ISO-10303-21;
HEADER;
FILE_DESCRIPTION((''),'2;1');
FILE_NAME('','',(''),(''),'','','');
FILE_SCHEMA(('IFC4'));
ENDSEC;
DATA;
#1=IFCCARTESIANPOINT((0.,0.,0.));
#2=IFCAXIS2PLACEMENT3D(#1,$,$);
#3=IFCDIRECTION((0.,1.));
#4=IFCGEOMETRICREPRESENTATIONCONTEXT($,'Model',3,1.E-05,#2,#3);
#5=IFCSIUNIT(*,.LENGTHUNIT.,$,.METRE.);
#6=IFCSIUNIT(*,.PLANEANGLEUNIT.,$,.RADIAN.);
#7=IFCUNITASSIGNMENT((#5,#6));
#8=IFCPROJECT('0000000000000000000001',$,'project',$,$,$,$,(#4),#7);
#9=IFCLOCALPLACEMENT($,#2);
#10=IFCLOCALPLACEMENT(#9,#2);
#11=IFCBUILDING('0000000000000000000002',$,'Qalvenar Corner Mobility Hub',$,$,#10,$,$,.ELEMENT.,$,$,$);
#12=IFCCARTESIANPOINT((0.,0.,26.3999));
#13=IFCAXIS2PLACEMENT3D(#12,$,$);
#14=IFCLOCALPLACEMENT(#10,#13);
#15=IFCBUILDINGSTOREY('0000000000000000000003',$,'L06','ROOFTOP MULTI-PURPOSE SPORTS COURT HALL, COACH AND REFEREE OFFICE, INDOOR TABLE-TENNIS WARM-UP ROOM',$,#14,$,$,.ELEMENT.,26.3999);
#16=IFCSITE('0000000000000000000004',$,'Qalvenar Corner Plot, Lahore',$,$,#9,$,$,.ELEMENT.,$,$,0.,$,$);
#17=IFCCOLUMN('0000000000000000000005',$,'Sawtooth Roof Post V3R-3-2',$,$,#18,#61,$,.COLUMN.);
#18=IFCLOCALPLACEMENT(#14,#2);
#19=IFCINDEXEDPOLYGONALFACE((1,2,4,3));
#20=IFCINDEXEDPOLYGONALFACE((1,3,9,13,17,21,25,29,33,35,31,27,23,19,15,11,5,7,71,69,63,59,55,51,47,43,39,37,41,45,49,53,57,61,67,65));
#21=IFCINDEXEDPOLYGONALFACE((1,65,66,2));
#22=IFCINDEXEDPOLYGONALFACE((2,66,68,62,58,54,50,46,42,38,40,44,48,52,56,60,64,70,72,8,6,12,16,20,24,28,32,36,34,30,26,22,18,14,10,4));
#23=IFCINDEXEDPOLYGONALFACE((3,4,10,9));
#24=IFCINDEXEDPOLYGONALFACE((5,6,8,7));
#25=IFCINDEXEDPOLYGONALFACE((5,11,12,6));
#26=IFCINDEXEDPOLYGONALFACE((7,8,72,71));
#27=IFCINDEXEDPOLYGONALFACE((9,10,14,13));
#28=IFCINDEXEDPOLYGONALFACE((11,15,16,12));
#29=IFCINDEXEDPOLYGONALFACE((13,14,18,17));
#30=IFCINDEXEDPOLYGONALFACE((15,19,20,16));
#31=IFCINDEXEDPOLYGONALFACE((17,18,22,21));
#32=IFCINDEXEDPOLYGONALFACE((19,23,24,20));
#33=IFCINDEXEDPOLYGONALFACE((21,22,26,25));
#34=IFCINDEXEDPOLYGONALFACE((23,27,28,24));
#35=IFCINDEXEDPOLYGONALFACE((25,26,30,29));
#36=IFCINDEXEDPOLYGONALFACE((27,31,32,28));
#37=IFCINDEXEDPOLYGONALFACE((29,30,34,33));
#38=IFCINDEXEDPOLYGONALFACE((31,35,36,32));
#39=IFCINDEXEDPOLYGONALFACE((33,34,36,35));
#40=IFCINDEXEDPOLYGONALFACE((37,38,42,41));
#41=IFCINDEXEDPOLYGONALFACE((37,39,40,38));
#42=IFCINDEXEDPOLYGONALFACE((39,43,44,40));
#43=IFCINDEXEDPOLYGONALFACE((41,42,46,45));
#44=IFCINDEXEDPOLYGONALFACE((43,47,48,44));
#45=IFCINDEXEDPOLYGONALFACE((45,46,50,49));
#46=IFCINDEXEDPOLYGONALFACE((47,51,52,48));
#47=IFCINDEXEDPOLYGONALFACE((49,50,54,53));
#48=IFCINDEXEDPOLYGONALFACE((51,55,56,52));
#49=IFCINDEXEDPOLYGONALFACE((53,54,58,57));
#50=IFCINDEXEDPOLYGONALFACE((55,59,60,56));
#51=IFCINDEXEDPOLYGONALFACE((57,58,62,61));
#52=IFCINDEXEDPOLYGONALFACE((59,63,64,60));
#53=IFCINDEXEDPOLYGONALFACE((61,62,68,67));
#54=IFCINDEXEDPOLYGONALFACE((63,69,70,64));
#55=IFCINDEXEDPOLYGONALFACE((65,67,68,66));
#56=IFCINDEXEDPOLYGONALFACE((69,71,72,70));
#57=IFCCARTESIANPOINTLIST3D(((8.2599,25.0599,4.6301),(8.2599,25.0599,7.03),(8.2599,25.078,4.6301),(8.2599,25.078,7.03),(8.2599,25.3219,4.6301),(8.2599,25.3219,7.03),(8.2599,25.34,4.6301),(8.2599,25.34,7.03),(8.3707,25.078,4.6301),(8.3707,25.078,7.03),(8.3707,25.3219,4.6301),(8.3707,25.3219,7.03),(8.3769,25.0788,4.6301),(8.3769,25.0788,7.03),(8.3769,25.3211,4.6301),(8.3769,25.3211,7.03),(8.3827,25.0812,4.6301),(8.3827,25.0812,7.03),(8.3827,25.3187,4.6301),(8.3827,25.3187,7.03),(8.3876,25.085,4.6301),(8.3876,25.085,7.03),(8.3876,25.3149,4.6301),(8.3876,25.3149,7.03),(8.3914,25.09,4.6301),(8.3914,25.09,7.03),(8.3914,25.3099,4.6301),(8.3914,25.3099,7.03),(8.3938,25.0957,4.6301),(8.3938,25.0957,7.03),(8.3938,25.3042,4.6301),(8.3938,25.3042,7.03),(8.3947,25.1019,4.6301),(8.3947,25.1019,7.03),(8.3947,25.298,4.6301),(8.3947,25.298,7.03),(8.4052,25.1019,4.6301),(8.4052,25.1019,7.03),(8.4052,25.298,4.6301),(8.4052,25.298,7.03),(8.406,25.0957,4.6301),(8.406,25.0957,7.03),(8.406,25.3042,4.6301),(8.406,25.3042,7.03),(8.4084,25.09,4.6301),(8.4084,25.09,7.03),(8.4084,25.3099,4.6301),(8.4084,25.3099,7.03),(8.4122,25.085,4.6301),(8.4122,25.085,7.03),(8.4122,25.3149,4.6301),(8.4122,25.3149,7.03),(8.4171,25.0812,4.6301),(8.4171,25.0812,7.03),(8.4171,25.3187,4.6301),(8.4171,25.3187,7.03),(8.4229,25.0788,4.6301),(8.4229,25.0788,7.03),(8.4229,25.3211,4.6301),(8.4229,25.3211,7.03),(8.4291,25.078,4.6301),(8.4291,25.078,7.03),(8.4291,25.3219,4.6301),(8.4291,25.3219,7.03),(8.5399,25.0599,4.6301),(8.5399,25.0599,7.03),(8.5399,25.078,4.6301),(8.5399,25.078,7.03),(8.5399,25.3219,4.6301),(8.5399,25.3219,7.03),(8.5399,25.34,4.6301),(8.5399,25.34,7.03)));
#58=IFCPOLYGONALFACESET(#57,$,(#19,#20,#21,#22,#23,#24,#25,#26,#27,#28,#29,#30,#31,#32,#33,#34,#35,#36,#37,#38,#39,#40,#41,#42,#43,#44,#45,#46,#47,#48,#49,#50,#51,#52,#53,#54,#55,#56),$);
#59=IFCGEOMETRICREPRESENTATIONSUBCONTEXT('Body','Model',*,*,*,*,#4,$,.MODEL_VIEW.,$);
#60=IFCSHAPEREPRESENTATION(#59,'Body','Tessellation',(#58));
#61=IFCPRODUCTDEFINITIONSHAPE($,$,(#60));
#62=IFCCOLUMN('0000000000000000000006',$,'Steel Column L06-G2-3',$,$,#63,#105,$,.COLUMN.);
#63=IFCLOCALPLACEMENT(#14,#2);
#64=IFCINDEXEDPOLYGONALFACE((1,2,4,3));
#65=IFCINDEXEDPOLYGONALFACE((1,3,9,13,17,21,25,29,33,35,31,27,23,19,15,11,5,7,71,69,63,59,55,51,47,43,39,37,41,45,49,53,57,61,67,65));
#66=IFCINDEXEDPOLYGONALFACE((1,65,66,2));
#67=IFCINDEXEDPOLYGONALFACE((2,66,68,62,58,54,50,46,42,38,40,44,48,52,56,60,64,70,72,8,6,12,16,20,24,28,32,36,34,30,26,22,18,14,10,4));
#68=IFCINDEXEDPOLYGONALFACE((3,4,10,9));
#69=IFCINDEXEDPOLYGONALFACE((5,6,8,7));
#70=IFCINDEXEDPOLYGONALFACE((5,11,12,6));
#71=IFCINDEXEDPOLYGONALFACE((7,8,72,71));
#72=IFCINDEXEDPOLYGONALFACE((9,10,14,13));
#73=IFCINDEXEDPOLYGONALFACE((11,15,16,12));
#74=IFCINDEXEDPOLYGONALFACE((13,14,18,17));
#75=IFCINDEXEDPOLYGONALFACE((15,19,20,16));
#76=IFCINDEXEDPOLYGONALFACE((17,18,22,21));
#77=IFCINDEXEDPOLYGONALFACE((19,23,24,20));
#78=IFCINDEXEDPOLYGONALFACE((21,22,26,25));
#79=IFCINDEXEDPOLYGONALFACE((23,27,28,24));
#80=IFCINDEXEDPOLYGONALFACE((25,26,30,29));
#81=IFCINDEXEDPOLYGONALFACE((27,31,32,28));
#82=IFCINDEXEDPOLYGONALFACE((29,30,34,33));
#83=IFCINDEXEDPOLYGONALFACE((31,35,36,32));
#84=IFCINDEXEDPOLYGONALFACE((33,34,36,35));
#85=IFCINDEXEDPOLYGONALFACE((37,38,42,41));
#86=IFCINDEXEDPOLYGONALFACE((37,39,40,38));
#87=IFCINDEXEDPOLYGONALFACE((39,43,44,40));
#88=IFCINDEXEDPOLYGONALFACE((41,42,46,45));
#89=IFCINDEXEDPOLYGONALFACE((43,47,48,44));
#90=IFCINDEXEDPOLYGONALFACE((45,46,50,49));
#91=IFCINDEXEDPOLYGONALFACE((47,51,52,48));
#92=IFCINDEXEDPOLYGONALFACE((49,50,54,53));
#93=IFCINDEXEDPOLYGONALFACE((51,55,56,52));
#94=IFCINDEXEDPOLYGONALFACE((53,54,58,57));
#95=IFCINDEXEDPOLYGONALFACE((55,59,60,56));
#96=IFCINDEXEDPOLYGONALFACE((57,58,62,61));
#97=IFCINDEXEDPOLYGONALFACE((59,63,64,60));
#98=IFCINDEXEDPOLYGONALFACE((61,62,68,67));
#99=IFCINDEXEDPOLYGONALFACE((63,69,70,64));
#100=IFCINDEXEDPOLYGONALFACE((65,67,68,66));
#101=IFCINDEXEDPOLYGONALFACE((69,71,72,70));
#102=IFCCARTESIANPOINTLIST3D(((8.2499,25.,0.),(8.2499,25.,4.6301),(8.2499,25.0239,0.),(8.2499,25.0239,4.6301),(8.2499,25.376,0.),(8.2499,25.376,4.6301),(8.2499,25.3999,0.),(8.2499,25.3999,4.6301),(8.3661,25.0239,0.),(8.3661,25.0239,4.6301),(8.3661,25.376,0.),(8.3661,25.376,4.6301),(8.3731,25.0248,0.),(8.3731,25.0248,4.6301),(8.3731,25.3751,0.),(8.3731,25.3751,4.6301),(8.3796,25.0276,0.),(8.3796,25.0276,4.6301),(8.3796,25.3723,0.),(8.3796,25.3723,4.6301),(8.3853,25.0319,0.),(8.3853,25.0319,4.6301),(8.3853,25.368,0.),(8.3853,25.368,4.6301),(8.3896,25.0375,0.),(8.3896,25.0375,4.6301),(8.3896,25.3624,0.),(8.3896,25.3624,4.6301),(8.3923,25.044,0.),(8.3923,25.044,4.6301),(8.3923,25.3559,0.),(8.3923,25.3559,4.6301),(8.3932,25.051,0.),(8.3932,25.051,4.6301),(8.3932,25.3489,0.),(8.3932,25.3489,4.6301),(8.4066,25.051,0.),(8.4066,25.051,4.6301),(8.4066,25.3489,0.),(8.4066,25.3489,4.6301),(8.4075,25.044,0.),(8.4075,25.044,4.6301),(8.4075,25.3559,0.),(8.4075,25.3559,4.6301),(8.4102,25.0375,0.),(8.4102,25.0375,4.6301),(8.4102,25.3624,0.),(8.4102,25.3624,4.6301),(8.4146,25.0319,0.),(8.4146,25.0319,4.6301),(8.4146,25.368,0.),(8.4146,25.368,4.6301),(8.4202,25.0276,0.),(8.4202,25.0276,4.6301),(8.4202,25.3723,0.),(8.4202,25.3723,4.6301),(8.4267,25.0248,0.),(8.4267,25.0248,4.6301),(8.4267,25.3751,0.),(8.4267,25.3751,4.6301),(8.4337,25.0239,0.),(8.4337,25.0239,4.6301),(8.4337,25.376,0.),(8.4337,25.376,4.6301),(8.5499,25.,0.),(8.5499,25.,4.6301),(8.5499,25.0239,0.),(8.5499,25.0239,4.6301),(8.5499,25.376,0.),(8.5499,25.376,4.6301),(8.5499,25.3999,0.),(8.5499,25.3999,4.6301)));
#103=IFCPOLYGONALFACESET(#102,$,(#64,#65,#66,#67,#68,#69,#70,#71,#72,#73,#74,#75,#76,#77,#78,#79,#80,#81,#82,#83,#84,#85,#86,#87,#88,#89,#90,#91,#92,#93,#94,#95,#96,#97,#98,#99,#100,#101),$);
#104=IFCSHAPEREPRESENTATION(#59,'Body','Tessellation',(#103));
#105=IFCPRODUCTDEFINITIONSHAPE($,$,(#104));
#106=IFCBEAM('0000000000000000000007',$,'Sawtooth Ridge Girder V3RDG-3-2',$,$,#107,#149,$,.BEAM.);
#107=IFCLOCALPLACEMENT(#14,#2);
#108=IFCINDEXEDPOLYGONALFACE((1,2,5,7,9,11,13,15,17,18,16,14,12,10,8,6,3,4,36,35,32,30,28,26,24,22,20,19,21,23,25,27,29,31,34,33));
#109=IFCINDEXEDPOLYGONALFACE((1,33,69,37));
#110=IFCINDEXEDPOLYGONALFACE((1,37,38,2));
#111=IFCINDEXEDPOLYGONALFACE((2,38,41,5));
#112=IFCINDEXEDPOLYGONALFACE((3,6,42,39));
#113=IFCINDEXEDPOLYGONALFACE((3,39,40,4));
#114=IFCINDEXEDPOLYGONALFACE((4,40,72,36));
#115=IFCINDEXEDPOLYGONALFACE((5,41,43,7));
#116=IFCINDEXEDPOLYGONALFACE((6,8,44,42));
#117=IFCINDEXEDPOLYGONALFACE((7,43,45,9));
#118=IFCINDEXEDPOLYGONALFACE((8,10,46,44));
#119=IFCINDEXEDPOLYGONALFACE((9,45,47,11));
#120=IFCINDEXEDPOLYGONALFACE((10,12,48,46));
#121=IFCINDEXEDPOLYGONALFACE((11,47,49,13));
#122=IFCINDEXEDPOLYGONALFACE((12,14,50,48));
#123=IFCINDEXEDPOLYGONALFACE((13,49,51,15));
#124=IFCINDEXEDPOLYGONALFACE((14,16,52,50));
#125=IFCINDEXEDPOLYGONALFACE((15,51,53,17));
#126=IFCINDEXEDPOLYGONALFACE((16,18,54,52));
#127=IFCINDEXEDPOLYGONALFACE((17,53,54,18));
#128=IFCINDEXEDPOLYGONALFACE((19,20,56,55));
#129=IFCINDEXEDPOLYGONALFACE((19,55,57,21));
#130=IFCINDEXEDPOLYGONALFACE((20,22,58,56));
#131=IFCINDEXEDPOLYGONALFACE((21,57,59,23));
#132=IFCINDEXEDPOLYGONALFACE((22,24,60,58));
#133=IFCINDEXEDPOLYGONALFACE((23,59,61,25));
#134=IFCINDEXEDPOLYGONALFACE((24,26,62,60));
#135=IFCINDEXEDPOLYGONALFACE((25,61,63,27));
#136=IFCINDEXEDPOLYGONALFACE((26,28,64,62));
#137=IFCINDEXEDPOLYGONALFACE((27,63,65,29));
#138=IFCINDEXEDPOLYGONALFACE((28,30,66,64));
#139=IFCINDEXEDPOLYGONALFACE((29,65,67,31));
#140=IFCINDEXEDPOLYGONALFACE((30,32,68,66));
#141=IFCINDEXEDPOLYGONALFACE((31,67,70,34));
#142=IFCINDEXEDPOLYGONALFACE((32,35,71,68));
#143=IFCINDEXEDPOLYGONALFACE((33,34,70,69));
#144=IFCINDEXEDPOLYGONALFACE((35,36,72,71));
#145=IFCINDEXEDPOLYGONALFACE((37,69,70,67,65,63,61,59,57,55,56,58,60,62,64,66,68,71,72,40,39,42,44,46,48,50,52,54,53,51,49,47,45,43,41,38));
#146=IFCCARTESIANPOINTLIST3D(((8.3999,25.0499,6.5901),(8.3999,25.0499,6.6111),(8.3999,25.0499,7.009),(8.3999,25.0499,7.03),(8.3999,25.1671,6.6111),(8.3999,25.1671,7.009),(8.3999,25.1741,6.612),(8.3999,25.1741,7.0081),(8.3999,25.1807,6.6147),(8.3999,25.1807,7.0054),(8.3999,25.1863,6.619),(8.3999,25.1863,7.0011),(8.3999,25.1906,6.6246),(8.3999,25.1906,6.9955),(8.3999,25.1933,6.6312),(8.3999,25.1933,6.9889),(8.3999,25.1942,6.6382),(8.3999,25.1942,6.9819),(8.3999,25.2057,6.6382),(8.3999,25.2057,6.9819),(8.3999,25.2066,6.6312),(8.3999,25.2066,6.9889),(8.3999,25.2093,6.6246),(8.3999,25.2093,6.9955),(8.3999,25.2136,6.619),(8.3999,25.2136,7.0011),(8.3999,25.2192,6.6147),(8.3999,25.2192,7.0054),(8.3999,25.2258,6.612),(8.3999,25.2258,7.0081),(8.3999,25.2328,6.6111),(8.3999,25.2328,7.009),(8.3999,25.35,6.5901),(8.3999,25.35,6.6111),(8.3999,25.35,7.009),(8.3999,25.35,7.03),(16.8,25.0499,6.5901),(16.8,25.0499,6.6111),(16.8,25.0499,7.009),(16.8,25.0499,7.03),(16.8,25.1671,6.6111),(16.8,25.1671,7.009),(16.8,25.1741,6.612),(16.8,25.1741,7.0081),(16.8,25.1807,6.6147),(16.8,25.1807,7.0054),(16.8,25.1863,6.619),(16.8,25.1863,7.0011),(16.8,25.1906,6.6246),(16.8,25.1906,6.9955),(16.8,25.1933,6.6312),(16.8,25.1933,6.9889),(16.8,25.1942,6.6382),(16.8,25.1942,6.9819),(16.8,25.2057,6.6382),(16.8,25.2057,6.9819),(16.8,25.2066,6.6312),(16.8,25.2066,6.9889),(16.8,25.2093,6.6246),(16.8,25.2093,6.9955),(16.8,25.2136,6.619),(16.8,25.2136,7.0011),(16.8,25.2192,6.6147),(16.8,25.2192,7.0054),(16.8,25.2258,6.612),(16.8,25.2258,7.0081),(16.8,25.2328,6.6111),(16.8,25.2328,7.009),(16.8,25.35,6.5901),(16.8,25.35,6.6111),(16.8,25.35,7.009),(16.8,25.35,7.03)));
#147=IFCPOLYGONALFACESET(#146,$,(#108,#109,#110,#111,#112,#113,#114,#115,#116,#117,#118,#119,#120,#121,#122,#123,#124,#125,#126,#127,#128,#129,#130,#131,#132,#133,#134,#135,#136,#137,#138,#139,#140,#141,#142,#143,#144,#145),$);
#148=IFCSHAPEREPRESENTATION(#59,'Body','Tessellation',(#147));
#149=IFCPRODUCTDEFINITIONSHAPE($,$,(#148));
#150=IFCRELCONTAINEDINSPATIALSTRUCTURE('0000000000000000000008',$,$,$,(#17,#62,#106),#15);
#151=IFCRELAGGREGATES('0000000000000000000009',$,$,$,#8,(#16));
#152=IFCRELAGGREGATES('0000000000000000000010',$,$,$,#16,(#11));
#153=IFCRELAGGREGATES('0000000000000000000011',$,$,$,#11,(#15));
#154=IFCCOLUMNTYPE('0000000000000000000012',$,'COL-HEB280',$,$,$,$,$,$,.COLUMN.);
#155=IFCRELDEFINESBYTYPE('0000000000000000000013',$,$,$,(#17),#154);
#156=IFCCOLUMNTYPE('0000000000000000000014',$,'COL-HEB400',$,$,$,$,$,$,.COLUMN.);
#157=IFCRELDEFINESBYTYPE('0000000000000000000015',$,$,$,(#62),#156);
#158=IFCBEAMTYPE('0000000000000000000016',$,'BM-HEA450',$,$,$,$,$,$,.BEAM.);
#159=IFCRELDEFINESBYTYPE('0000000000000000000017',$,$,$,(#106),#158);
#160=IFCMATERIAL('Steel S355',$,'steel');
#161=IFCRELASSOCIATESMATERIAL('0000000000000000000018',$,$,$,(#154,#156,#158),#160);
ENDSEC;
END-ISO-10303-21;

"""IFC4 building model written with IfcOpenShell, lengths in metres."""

from ifc_helpers import new_model, si_unit, direction, frame, origin, origin_2d, place, context, subcontext, project, spatial, i_section, extrude, material, material_profile, profile_set, type_object, element, save


model = new_model("IFC4")

# Units and contexts
model_context = context("Model", 3, precision=1e-05, world=origin(), true_north=direction((0.0, 1.0)))
body_context = subcontext(model_context, "Body", "Model", "MODEL_VIEW")
ifc_project = project(units=[si_unit("LENGTHUNIT", "METRE"), si_unit("PLANEANGLEUNIT", "RADIAN")], contexts=[model_context])

# Site, building, storey
site_placement = place(None, origin())
site = spatial("IfcSite", under=ifc_project, at=site_placement, Name="Qalvenar Corner Plot, Lahore", CompositionType="ELEMENT", RefElevation=0.0)
building_placement = place(site_placement, origin())
building = spatial("IfcBuilding", under=site, at=building_placement, Name="Qalvenar Corner Mobility Hub", CompositionType="ELEMENT")
storey_placement = place(building_placement, frame((0.0, 0.0, 26.3999)))
storey = spatial("IfcBuildingStorey", under=building, at=storey_placement, Name="L06", Description="ROOFTOP MULTI-PURPOSE SPORTS COURT HALL, COACH AND REFEREE OFFICE, INDOOR TABLE-TENNIS WARM-UP ROOM", CompositionType="ELEMENT", Elevation=26.3999)

# Columns
ifc_material_1 = material(Name="Steel S355", Category="steel")
ifc_material_profile_1 = material_profile(ifc_material_1, i_section(OverallWidth=0.28, OverallDepth=0.28, WebThickness=0.0105, FlangeThickness=0.0181, FilletRadius=0.0239, at=origin_2d()), Name="HEB280")
ifc_profile_set_1 = profile_set([ifc_material_profile_1], Name="Steel S355")
column_type_1 = type_object("IfcColumnType", Name="COL-HEB280", PredefinedType="COLUMN", material=ifc_profile_set_1)
column_1_placement = place(storey_placement, frame((8.3999, 25.2, 4.6301), z_axis=(0.0, 0.0, 1.0), x_axis=(1.0, 0.0, 0.0)))
element("IfcColumn", 1, at=column_1_placement, inside=storey, type_object=column_type_1, Name="Sawtooth Roof Post V3R-3-2", PredefinedType="COLUMN", context=body_context, shape_type="SweptSolid", body=[
    extrude(i_section(OverallWidth=0.28, OverallDepth=0.28, WebThickness=0.0105, FlangeThickness=0.0181, FilletRadius=0.0239, at=origin_2d()), origin(), (0.0, 0.0, 1.0), 2.3999),
])
ifc_material_profile_2 = material_profile(ifc_material_1, i_section(OverallWidth=0.3, OverallDepth=0.3999, WebThickness=0.0134, FlangeThickness=0.0239, FilletRadius=0.0271, at=origin_2d()), Name="HEB400")
ifc_profile_set_2 = profile_set([ifc_material_profile_2], Name="Steel S355")
column_type_2 = type_object("IfcColumnType", Name="COL-HEB400", PredefinedType="COLUMN", material=ifc_profile_set_2)
column_2_placement = place(storey_placement, frame((8.3999, 25.2, 0.0), z_axis=(0.0, 0.0, 1.0), x_axis=(1.0, 0.0, 0.0)))
element("IfcColumn", 2, at=column_2_placement, inside=storey, type_object=column_type_2, Name="Steel Column L06-G2-3", PredefinedType="COLUMN", context=body_context, shape_type="SweptSolid", body=[
    extrude(i_section(OverallWidth=0.3, OverallDepth=0.3999, WebThickness=0.0134, FlangeThickness=0.0239, FilletRadius=0.0271, at=origin_2d()), origin(), (0.0, 0.0, 1.0), 4.6301),
])

# Beam
ifc_material_profile_3 = material_profile(ifc_material_1, i_section(OverallWidth=0.3, OverallDepth=0.4399, WebThickness=0.0115, FlangeThickness=0.021, FilletRadius=0.0271, at=origin_2d()), Name="HEA450")
ifc_profile_set_3 = profile_set([ifc_material_profile_3], Name="Steel S355")
beam_type_1 = type_object("IfcBeamType", Name="BM-HEA450", PredefinedType="BEAM", material=ifc_profile_set_3)
beam_1_placement = place(storey_placement, frame((8.3999, 25.2, 6.8101), z_axis=(1.0, 0.0, 0.0), x_axis=(0.0, 1.0, 0.0)))
element("IfcBeam", 3, at=beam_1_placement, inside=storey, type_object=beam_type_1, Name="Sawtooth Ridge Girder V3RDG-3-2", PredefinedType="BEAM", context=body_context, shape_type="SweptSolid", body=[
    extrude(i_section(OverallWidth=0.3, OverallDepth=0.4399, WebThickness=0.0115, FlangeThickness=0.021, FilletRadius=0.0271, at=origin_2d()), origin(), (0.0, 0.0, 1.0), 8.4001),
])

save(model, "model.ifc")
